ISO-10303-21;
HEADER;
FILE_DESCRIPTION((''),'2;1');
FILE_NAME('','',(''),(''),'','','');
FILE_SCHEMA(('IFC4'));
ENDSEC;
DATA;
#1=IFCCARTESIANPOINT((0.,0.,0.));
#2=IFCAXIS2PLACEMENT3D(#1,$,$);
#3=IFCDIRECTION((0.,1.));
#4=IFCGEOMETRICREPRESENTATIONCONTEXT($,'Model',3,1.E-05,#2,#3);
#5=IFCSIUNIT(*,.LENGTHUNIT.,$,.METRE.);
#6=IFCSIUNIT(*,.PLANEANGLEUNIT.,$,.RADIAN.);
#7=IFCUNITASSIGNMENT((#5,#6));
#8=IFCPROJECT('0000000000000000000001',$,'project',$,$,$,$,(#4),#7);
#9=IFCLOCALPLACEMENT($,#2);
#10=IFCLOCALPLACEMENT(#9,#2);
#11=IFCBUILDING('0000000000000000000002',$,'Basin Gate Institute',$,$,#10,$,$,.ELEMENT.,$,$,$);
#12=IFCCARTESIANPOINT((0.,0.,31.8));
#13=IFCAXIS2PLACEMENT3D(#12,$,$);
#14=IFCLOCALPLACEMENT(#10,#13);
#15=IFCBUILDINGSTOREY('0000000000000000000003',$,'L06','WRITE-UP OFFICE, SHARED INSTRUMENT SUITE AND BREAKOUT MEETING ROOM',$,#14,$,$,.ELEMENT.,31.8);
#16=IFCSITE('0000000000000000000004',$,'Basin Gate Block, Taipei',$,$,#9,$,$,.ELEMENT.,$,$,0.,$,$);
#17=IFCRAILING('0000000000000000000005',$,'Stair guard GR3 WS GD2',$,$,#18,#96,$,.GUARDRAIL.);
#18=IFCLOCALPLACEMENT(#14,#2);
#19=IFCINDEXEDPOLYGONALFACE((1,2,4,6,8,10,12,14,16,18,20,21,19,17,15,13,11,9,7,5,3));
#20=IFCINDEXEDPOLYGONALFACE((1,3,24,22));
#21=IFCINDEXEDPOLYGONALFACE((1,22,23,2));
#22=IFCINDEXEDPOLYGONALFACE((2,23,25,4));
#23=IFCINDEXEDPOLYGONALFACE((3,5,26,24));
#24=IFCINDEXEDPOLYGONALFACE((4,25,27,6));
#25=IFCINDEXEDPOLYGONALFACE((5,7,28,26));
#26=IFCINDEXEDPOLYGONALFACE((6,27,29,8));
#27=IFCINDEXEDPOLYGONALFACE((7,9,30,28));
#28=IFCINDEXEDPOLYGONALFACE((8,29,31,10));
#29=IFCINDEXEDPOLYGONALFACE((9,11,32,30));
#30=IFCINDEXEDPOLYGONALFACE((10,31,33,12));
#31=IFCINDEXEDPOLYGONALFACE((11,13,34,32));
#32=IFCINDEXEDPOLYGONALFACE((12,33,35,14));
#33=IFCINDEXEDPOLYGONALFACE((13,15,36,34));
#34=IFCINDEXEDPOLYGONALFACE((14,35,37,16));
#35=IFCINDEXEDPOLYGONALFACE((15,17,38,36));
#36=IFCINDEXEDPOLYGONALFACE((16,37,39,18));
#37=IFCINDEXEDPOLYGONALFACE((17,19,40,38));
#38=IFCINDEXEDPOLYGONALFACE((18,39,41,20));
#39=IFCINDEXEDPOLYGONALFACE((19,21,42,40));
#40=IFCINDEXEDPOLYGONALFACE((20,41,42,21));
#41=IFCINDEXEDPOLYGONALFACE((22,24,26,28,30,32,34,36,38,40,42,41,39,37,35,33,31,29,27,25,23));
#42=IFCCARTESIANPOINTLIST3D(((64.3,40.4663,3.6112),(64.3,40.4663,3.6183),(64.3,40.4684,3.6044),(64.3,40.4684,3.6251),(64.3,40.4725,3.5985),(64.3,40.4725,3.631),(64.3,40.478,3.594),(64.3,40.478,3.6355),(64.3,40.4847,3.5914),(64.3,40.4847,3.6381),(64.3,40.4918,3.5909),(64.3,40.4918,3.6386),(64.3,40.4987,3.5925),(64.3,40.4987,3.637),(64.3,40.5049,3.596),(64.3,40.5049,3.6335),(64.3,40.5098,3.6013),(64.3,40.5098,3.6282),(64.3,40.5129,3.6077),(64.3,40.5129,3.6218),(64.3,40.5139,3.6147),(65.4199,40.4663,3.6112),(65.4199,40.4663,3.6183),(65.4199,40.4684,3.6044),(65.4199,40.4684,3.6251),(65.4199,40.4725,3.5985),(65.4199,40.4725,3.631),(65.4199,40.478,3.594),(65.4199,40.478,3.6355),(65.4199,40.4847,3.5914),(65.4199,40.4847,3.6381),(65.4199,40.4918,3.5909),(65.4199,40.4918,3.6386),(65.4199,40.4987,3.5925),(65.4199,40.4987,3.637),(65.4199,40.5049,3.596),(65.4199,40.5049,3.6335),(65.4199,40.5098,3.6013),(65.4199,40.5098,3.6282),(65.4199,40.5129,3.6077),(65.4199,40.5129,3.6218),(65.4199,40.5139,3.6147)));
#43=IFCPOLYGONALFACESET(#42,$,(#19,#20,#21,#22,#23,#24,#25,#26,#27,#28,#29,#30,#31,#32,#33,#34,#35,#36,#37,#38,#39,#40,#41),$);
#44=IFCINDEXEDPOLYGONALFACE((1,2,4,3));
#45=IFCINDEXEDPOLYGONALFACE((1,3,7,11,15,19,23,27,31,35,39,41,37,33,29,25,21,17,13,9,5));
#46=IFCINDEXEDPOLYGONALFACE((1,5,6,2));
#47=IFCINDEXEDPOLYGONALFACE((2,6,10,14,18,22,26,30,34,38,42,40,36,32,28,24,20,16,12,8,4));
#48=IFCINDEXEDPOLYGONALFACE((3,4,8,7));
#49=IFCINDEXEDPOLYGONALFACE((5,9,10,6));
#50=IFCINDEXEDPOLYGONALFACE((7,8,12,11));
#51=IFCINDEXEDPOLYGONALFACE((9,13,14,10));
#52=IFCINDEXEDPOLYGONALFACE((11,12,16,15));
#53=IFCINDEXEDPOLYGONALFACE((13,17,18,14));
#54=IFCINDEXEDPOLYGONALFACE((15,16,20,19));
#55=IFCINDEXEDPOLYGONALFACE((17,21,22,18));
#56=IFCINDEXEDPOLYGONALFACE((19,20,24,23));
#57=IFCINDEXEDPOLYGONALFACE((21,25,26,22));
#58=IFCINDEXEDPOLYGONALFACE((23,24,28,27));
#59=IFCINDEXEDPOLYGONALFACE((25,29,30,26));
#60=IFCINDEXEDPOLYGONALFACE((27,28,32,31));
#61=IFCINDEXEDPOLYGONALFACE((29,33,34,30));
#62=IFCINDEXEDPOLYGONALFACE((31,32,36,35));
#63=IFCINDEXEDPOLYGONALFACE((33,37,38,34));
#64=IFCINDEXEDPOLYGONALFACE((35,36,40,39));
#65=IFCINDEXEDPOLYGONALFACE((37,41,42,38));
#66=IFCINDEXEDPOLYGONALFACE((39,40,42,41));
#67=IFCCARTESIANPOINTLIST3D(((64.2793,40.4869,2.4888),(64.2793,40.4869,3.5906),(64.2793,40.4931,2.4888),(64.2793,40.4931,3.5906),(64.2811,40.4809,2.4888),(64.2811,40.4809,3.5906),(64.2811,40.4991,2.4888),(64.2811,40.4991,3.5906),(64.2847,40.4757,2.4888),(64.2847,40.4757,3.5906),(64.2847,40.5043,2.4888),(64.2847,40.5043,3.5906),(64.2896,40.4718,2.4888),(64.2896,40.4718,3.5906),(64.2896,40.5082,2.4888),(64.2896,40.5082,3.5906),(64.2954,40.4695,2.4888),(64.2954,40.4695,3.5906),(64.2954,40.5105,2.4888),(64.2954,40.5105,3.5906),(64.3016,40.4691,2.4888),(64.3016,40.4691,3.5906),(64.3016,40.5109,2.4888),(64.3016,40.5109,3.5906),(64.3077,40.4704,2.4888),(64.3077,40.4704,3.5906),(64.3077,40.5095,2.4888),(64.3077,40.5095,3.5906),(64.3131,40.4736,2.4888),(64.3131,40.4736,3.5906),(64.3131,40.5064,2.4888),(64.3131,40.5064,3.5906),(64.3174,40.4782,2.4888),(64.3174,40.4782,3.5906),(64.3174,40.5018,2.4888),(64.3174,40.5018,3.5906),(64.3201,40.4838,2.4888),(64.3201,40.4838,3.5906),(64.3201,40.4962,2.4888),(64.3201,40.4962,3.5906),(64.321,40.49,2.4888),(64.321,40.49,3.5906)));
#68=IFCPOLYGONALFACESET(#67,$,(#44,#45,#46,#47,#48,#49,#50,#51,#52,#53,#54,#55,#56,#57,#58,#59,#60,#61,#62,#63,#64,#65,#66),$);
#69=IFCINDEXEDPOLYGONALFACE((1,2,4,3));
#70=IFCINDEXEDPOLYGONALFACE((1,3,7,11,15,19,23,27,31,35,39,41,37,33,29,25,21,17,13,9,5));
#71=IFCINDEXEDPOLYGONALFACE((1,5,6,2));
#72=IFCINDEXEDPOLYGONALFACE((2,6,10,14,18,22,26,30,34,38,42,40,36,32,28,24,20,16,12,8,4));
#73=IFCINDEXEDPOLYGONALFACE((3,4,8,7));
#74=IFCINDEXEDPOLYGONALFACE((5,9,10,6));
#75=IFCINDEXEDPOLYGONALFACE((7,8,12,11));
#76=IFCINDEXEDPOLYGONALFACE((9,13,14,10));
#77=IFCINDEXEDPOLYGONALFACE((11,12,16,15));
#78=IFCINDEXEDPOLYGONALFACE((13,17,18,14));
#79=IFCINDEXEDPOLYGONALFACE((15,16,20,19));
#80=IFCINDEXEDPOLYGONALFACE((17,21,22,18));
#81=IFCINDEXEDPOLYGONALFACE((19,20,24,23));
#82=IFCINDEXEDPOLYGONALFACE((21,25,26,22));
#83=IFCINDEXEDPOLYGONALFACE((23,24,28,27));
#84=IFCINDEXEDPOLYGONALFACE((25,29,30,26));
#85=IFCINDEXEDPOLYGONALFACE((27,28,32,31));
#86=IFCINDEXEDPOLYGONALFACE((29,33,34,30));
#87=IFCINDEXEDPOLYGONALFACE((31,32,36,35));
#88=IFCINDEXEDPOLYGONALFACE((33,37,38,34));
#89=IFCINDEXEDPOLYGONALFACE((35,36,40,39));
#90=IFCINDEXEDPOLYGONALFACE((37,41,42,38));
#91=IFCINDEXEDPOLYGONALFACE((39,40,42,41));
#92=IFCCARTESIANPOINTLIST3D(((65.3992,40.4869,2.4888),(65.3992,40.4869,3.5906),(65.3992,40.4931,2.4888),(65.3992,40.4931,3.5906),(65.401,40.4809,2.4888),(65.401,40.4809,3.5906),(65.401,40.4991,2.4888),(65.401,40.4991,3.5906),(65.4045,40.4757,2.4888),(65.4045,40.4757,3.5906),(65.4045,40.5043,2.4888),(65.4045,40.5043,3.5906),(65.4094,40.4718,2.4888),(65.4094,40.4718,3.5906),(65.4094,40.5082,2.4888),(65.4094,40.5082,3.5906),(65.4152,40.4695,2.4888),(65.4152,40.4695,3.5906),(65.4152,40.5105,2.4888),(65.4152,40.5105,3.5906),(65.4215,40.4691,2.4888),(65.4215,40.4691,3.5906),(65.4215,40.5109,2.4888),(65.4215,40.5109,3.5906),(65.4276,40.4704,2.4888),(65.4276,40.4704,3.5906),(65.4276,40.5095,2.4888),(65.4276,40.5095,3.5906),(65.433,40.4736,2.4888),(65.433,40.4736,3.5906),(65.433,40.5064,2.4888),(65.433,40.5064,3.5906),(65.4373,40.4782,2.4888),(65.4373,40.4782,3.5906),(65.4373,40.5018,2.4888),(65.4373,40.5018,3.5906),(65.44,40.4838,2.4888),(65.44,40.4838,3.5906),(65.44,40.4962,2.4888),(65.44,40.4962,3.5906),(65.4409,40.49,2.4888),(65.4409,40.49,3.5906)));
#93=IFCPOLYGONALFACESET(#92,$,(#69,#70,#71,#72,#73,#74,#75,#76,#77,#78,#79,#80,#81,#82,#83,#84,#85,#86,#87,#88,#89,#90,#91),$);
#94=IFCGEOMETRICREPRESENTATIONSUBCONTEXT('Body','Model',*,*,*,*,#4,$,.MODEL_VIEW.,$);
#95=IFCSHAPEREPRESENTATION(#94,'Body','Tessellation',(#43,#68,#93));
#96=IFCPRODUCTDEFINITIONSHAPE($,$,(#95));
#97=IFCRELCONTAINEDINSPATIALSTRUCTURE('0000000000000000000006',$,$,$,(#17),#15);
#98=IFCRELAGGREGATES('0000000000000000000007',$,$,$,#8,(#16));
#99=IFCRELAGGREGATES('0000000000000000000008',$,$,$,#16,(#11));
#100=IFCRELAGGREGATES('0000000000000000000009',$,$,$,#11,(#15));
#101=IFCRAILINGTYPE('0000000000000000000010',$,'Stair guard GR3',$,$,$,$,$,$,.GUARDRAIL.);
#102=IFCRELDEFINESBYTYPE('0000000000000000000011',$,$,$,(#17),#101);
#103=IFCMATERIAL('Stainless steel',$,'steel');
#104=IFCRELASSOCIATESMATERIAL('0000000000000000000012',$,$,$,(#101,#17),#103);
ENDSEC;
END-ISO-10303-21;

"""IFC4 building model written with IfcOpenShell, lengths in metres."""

from ifc_helpers import new_model, si_unit, direction, frame, origin, origin_2d, place, context, subcontext, project, spatial, circle, extrude, material, type_object, element, save


model = new_model("IFC4")

# Units and contexts
model_context = context("Model", 3, precision=1e-05, world=origin(), true_north=direction((0.0, 1.0)))
body_context = subcontext(model_context, "Body", "Model", "MODEL_VIEW")
ifc_project = project(units=[si_unit("LENGTHUNIT", "METRE"), si_unit("PLANEANGLEUNIT", "RADIAN")], contexts=[model_context])

# Site, building, storey
site_placement = place(None, origin())
site = spatial("IfcSite", under=ifc_project, at=site_placement, Name="Basin Gate Block, Taipei", CompositionType="ELEMENT", RefElevation=0.0)
building_placement = place(site_placement, origin())
building = spatial("IfcBuilding", under=site, at=building_placement, Name="Basin Gate Institute", CompositionType="ELEMENT")
storey_placement = place(building_placement, frame((0.0, 0.0, 31.8)))
storey = spatial("IfcBuildingStorey", under=building, at=storey_placement, Name="L06", Description="WRITE-UP OFFICE, SHARED INSTRUMENT SUITE AND BREAKOUT MEETING ROOM", CompositionType="ELEMENT", Elevation=31.8)

# Railing
ifc_material_1 = material(Name="Stainless steel", Category="steel")
railing_type_1 = type_object("IfcRailingType", Name="Stair guard GR3", PredefinedType="GUARDRAIL", material=ifc_material_1)
railing_1_placement = place(storey_placement, frame((64.3, 40.49, 2.4888)))
element("IfcRailing", 1, at=railing_1_placement, inside=storey, type_object=railing_type_1, material=ifc_material_1, Name="Stair guard GR3 WS GD2", PredefinedType="GUARDRAIL", context=body_context, shape_type="SweptSolid", body=[
    extrude(circle(Radius=0.0239, at=origin_2d()), frame((0.0, 0.0, 1.126), z_axis=(1.0, 0.0, 0.0), x_axis=(0.0, 1.0, 0.0)), (0.0, 0.0, 1.0), 1.1199),
    extrude(circle(Radius=0.021, at=origin_2d()), origin(), (0.0, 0.0, 1.0), 1.1018),
    extrude(circle(Radius=0.021, at=origin_2d()), frame((1.1199, 0.0, 0.0)), (0.0, 0.0, 1.0), 1.1018),
])

save(model, "model.ifc")
